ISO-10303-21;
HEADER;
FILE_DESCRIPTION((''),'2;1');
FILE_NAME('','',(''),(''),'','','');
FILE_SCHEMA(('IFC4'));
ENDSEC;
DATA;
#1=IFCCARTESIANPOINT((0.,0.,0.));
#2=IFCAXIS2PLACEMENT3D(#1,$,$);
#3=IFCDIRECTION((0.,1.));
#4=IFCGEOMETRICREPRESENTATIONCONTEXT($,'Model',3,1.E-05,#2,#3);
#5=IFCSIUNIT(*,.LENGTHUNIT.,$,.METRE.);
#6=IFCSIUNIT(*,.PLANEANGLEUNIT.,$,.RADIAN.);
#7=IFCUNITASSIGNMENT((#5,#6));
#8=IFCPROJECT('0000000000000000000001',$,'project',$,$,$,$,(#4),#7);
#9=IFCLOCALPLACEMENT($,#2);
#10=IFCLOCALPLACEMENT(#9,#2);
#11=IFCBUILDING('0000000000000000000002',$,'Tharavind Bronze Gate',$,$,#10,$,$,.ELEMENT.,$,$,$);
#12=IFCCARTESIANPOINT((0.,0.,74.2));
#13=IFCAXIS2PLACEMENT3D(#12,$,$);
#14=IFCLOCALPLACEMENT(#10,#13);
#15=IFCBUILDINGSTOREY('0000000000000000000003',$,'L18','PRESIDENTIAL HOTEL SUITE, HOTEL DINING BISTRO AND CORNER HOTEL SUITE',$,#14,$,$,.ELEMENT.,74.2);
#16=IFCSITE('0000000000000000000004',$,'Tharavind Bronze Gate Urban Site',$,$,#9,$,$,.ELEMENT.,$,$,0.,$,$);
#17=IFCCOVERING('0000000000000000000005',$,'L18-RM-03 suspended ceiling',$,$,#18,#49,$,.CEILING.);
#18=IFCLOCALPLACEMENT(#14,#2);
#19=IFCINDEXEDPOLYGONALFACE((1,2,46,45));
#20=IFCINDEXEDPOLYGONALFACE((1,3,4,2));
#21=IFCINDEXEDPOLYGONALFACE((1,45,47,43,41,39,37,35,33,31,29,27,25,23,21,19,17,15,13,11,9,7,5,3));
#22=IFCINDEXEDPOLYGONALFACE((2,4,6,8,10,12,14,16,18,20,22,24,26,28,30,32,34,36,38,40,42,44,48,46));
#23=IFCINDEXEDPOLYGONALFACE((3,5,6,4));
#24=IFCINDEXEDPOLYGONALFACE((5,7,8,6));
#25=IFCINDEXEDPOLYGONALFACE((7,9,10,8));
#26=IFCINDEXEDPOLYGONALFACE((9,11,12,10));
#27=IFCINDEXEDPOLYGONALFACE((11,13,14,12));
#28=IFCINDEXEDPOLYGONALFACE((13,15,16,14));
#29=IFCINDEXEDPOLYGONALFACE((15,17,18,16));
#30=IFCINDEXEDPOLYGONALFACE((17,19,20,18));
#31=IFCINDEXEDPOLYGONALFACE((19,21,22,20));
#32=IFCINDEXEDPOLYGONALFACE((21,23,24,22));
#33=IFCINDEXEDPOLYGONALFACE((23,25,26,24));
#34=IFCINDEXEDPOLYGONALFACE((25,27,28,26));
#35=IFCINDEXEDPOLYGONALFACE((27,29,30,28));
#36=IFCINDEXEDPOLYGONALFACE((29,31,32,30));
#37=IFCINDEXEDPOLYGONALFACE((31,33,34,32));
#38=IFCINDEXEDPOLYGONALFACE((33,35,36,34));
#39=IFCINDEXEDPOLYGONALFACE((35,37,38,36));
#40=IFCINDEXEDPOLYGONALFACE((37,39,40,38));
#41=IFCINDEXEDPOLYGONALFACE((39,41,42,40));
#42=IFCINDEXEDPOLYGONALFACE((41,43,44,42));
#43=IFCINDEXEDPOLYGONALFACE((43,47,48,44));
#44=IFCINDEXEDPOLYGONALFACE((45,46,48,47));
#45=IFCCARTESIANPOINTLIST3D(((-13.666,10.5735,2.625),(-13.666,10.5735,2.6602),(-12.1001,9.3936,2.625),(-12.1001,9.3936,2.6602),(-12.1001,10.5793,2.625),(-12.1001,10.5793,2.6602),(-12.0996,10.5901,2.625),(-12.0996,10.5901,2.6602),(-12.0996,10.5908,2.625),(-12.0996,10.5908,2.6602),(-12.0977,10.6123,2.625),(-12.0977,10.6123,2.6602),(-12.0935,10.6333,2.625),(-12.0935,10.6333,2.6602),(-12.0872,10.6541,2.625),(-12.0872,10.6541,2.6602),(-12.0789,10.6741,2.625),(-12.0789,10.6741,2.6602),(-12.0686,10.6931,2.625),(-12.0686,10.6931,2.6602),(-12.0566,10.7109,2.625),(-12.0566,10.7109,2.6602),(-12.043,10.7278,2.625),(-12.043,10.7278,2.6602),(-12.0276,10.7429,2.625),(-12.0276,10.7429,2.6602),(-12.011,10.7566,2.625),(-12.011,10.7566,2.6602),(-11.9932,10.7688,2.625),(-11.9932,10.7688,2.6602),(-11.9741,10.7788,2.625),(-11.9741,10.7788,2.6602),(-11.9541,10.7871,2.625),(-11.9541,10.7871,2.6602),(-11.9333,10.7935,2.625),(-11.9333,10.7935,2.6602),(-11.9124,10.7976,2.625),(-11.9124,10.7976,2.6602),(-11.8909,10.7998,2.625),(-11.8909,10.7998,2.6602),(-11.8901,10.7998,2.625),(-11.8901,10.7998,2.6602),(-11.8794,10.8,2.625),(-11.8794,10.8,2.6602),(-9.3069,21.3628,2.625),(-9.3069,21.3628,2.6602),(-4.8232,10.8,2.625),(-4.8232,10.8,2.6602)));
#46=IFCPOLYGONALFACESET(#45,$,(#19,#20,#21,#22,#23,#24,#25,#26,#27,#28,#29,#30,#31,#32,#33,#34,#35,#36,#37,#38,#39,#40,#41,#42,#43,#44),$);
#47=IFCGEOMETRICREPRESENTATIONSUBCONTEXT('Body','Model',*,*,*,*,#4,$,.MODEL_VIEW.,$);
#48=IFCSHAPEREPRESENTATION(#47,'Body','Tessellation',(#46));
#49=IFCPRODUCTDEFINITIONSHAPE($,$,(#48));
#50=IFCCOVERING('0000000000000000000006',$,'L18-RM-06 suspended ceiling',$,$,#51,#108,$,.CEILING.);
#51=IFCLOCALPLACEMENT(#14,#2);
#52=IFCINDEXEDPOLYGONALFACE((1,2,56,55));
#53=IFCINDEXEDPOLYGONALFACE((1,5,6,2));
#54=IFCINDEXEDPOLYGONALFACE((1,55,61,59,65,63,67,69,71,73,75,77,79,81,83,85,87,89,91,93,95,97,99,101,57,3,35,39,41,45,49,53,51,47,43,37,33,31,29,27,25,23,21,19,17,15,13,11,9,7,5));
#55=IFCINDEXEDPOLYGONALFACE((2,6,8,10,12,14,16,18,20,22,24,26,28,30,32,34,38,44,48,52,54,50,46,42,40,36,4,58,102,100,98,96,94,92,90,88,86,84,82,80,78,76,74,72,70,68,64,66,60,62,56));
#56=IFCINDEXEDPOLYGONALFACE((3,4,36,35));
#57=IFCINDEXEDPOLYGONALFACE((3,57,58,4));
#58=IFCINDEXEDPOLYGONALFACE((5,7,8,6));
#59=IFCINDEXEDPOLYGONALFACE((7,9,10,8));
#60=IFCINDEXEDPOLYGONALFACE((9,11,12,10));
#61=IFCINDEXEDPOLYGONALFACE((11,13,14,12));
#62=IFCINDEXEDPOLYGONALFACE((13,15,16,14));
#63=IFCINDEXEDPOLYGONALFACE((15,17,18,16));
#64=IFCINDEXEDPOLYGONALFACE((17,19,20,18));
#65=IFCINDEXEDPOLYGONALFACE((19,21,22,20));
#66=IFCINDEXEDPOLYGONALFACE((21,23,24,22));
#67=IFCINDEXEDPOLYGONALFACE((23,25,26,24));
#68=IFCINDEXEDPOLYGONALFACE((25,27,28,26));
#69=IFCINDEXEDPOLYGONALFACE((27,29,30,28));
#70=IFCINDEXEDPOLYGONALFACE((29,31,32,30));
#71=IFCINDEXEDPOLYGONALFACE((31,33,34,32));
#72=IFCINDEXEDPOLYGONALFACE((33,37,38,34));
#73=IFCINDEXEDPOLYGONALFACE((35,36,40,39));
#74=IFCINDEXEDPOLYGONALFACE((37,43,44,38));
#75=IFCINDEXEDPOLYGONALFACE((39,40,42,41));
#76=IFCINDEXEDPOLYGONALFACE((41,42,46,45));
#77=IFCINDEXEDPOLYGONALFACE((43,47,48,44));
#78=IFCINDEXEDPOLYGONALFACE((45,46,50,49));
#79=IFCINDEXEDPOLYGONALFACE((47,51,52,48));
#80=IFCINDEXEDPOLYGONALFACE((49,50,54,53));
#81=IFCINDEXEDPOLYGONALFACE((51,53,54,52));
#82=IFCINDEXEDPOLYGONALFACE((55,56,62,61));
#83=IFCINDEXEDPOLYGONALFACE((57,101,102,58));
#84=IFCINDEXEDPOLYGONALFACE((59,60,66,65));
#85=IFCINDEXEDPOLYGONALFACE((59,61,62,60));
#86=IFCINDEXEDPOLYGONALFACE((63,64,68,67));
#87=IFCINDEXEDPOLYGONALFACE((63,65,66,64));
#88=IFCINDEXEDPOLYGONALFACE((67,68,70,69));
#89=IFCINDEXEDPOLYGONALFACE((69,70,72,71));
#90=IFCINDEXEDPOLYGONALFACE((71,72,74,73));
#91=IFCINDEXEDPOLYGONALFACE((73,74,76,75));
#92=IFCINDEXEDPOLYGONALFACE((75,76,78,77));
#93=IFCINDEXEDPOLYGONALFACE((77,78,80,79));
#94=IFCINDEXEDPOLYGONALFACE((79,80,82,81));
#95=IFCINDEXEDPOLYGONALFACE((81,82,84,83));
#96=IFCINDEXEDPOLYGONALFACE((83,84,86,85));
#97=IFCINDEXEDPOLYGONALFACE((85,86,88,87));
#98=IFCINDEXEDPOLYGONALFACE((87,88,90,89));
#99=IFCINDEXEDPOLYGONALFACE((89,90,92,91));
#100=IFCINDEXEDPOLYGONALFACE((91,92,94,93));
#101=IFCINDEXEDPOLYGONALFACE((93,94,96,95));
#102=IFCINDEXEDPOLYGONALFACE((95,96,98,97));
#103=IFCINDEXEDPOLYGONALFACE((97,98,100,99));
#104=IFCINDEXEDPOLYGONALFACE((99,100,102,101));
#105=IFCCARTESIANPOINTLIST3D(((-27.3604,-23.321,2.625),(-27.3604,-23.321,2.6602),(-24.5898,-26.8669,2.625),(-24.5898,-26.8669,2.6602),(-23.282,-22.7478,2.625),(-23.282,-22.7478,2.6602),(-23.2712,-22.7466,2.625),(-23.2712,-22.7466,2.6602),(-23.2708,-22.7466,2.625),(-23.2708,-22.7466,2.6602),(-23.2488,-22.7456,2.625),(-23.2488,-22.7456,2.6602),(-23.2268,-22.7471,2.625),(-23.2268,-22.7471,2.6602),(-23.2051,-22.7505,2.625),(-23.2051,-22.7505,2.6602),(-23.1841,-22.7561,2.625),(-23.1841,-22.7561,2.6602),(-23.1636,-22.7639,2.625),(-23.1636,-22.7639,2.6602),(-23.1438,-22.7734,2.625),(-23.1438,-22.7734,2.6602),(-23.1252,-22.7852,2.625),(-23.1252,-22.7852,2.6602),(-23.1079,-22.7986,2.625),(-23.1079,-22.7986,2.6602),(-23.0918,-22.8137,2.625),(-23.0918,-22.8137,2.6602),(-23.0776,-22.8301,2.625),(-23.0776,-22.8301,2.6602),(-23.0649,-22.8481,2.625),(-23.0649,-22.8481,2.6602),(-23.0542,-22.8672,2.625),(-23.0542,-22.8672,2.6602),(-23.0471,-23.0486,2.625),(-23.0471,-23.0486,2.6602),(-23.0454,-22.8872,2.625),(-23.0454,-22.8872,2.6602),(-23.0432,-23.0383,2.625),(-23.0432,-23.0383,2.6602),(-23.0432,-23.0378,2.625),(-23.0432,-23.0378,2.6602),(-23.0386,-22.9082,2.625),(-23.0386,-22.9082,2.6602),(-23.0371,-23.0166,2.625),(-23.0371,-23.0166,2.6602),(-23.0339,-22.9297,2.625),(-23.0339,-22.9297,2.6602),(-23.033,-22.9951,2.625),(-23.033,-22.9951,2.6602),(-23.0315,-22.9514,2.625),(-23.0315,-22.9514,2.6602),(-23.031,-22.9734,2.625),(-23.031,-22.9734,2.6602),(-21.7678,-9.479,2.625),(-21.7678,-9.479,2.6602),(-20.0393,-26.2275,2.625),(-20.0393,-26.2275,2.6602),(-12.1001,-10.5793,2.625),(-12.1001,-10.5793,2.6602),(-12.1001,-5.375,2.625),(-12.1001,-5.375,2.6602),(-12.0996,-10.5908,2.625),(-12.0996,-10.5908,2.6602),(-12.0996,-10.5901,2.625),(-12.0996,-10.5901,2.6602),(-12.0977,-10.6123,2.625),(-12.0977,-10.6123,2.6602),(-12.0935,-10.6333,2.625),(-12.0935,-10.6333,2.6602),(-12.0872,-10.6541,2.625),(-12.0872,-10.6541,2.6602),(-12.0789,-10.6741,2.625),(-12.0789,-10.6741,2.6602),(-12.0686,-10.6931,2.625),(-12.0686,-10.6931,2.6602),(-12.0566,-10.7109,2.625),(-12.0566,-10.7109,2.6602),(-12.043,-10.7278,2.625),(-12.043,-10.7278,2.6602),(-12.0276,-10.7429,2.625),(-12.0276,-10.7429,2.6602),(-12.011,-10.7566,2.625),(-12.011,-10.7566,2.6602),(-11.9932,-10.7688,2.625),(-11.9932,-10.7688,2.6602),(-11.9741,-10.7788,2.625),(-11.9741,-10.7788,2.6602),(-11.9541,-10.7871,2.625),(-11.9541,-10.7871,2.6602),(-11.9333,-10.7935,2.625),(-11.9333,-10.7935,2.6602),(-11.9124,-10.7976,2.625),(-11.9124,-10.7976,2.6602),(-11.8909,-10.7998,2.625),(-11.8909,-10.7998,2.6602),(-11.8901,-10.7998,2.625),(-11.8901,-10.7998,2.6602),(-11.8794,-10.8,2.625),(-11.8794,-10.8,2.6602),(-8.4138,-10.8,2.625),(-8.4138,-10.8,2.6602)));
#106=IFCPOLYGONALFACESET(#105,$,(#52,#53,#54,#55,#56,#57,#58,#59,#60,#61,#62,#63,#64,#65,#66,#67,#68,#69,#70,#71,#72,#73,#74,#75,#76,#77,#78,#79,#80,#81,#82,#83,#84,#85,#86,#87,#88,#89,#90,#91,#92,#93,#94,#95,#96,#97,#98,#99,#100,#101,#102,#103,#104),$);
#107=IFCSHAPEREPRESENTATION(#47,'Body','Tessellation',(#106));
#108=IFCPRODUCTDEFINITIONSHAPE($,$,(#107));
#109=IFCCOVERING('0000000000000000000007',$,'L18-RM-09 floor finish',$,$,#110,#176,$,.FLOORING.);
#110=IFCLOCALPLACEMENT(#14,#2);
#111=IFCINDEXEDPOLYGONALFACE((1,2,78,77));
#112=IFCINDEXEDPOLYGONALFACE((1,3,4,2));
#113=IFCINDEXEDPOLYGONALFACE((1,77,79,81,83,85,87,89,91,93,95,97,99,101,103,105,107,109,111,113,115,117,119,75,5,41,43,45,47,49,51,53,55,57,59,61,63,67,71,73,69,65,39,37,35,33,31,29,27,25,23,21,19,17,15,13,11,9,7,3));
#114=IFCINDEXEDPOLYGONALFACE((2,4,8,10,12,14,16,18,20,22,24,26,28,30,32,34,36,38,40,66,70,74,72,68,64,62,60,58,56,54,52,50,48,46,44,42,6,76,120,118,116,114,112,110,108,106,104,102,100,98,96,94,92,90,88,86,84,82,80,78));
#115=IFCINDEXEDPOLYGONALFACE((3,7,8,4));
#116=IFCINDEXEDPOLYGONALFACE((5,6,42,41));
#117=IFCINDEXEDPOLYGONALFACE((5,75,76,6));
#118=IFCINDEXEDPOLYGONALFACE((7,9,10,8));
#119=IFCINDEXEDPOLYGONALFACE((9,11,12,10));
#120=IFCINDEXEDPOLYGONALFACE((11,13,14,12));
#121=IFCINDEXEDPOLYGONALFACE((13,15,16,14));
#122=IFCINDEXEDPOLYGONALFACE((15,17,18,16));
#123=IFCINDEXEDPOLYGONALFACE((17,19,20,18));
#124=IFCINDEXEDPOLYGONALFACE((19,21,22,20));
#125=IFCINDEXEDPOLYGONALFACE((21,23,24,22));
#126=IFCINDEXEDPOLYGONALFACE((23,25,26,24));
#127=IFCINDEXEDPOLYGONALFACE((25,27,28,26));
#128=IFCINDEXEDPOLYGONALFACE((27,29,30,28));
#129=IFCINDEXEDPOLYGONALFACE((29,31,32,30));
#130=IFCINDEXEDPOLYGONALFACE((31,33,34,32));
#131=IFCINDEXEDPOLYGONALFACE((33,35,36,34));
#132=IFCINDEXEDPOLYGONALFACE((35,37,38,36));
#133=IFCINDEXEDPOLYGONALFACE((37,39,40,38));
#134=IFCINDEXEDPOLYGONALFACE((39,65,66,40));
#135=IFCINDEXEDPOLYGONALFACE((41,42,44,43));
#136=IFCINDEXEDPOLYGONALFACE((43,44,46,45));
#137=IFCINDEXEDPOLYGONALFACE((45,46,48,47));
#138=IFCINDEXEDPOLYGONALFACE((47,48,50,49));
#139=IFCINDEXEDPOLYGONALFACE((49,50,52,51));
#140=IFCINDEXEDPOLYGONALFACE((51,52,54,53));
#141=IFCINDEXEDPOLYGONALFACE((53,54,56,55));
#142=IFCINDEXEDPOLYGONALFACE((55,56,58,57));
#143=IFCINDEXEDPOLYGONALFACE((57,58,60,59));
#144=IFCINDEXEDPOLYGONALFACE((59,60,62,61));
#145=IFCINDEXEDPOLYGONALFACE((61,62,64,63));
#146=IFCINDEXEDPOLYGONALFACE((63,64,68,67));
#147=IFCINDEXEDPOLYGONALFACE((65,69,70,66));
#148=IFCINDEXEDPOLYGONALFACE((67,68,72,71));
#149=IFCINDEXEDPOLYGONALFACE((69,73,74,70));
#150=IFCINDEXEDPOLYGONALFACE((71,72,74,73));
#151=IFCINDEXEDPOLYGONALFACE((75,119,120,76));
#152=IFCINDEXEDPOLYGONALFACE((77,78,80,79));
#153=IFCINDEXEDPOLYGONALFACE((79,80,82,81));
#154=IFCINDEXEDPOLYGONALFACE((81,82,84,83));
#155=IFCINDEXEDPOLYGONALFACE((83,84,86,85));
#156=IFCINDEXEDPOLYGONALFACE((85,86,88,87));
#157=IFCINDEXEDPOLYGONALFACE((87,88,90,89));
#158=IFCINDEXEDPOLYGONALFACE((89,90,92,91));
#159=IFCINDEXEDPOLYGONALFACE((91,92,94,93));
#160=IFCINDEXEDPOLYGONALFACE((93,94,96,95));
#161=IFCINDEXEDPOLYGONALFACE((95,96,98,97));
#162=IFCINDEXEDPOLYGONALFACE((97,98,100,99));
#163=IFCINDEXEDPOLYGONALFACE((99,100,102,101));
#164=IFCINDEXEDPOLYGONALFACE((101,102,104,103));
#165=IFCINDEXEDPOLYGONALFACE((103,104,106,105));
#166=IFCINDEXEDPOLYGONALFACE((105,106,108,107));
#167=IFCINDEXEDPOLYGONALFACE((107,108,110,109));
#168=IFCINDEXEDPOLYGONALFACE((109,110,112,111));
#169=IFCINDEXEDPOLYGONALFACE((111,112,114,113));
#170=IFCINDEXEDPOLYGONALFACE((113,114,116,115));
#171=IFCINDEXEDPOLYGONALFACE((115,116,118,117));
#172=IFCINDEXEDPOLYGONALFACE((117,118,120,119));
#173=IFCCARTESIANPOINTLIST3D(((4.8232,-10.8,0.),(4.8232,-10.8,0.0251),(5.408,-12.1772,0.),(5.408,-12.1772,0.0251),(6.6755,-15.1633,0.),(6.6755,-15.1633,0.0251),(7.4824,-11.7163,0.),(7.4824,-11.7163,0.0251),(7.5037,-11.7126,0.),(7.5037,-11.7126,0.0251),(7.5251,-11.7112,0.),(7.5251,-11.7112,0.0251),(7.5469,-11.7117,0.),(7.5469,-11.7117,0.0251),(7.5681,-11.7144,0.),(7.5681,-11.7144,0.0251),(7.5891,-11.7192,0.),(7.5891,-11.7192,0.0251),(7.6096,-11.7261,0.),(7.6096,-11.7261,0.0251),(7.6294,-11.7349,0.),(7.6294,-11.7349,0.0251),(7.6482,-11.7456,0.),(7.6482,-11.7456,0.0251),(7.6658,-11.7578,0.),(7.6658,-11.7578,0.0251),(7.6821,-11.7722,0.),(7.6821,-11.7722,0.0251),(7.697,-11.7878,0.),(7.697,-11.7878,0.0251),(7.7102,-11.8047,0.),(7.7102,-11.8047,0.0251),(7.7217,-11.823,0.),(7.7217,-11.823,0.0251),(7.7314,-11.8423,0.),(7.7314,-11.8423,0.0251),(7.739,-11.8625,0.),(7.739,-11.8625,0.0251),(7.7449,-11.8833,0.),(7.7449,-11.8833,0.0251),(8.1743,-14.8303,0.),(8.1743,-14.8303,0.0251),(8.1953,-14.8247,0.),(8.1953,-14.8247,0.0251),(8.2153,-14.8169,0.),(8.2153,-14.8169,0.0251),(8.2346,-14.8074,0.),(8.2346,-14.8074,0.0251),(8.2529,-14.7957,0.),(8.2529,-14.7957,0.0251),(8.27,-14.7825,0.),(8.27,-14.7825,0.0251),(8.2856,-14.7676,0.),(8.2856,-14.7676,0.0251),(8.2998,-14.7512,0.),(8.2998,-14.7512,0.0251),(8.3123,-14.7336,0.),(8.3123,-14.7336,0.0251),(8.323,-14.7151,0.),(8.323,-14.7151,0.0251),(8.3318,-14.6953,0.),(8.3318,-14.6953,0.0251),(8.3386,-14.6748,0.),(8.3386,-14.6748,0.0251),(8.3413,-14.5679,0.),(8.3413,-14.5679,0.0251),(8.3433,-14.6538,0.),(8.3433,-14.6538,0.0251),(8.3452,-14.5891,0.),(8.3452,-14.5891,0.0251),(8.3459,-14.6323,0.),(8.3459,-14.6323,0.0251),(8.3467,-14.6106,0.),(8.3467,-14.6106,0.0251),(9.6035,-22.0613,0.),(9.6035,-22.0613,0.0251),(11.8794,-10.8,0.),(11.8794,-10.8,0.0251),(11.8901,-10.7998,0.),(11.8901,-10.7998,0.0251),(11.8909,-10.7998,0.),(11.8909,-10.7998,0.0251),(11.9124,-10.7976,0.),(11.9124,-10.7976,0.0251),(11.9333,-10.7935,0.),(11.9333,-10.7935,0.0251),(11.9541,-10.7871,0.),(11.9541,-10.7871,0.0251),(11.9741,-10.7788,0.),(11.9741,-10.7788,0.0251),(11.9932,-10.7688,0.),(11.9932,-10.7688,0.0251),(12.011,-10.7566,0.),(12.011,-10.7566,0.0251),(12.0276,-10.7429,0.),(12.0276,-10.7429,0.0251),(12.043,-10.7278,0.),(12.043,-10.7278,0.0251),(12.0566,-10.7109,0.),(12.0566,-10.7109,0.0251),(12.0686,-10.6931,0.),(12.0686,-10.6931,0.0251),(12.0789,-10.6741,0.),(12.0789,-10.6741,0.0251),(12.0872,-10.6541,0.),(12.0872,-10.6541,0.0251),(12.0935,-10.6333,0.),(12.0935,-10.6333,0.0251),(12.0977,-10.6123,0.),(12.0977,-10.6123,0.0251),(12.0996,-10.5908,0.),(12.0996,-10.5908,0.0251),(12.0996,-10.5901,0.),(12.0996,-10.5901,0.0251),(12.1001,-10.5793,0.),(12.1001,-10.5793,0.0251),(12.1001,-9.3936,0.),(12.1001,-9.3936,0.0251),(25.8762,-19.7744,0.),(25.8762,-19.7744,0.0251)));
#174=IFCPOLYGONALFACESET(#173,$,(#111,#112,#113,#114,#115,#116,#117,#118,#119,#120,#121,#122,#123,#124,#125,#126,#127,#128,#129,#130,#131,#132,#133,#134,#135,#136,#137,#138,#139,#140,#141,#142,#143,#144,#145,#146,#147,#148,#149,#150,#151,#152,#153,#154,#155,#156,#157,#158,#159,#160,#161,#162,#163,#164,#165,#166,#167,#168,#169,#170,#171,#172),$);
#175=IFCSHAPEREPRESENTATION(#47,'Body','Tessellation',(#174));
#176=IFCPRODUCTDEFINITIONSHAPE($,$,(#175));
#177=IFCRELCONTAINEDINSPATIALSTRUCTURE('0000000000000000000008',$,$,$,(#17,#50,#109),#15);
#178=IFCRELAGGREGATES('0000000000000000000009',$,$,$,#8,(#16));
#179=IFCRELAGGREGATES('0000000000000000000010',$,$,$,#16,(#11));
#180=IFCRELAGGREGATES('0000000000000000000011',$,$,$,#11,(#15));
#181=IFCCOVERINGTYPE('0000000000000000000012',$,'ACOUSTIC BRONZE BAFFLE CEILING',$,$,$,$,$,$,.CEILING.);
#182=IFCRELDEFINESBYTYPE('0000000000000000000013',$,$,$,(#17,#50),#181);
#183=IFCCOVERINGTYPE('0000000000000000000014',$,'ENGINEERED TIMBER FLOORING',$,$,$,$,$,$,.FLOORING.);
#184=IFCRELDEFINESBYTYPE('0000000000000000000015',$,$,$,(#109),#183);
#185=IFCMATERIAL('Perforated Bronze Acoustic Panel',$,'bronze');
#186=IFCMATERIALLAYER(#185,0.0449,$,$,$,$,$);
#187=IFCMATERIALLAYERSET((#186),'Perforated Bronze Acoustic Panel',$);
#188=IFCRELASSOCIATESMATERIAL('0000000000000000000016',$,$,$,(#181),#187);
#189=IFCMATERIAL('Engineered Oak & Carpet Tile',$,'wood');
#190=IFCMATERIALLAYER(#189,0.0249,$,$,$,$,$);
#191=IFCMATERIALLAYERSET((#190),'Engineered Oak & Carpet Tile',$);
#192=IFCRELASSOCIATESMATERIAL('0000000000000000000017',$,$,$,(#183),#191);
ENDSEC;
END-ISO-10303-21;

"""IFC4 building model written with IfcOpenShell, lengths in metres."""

from ifc_helpers import new_model, si_unit, direction, frame, origin, place, context, subcontext, project, spatial, polyline, outline, extrude, material, layer, layer_set, type_object, element, save


model = new_model("IFC4")

# Units and contexts
model_context = context("Model", 3, precision=1e-05, world=origin(), true_north=direction((0.0, 1.0)))
body_context = subcontext(model_context, "Body", "Model", "MODEL_VIEW")
ifc_project = project(units=[si_unit("LENGTHUNIT", "METRE"), si_unit("PLANEANGLEUNIT", "RADIAN")], contexts=[model_context])

# Site, building, storey
site_placement = place(None, origin())
site = spatial("IfcSite", under=ifc_project, at=site_placement, Name="Tharavind Bronze Gate Urban Site", CompositionType="ELEMENT", RefElevation=0.0)
building_placement = place(site_placement, origin())
building = spatial("IfcBuilding", under=site, at=building_placement, Name="Tharavind Bronze Gate", CompositionType="ELEMENT")
storey_placement = place(building_placement, frame((0.0, 0.0, 74.2)))
storey = spatial("IfcBuildingStorey", under=building, at=storey_placement, Name="L18", Description="PRESIDENTIAL HOTEL SUITE, HOTEL DINING BISTRO AND CORNER HOTEL SUITE", CompositionType="ELEMENT", Elevation=74.2)

# Coverings
ifc_material_1 = material(Name="Perforated Bronze Acoustic Panel", Category="bronze")
ifc_layer_1 = layer(ifc_material_1, 0.0449)
ifc_layer_set_1 = layer_set([ifc_layer_1], Name="Perforated Bronze Acoustic Panel")
covering_type_1 = type_object("IfcCoveringType", Name="ACOUSTIC BRONZE BAFFLE CEILING", PredefinedType="CEILING", material=ifc_layer_set_1)
covering_1_placement = place(storey_placement, frame((0.0, 0.0, 2.625)))
element("IfcCovering", 1, at=covering_1_placement, inside=storey, type_object=covering_type_1, Name="L18-RM-03 suspended ceiling", PredefinedType="CEILING", context=body_context, shape_type="SweptSolid", body=[
    extrude(outline(polyline([(-12.1001, 9.3936), (-12.1001, 10.5793), (-12.0996, 10.5901), (-12.0996, 10.5908), (-12.0977, 10.6123), (-12.0935, 10.6333), (-12.0872, 10.6541), (-12.0789, 10.6741), (-12.0686, 10.6931), (-12.0566, 10.7109), (-12.043, 10.7278), (-12.0276, 10.7429), (-12.011, 10.7566), (-11.9932, 10.7688), (-11.9741, 10.7788), (-11.9541, 10.7871), (-11.9333, 10.7935), (-11.9124, 10.7976), (-11.8909, 10.7998), (-11.8901, 10.7998), (-11.8794, 10.8), (-4.8232, 10.8), (-9.3069, 21.3628), (-13.666, 10.5735), (-12.1001, 9.3936)])), origin(), (0.0, 0.0, 1.0), 0.0352),
])
covering_2_placement = place(storey_placement, frame((0.0, 0.0, 2.625)))
element("IfcCovering", 2, at=covering_2_placement, inside=storey, type_object=covering_type_1, Name="L18-RM-06 suspended ceiling", PredefinedType="CEILING", context=body_context, shape_type="SweptSolid", body=[
    extrude(outline(polyline([(-23.282, -22.7478), (-23.2712, -22.7466), (-23.2708, -22.7466), (-23.2488, -22.7456), (-23.2268, -22.7471), (-23.2051, -22.7505), (-23.1841, -22.7561), (-23.1636, -22.7639), (-23.1438, -22.7734), (-23.1252, -22.7852), (-23.1079, -22.7986), (-23.0918, -22.8137), (-23.0776, -22.8301), (-23.0649, -22.8481), (-23.0542, -22.8672), (-23.0454, -22.8872), (-23.0386, -22.9082), (-23.0339, -22.9297), (-23.0315, -22.9514), (-23.031, -22.9734), (-23.033, -22.9951), (-23.0371, -23.0166), (-23.0432, -23.0378), (-23.0432, -23.0383), (-23.0471, -23.0486), (-24.5898, -26.8669), (-20.0393, -26.2275), (-8.4138, -10.8), (-11.8794, -10.8), (-11.8901, -10.7998), (-11.8909, -10.7998), (-11.9124, -10.7976), (-11.9333, -10.7935), (-11.9541, -10.7871), (-11.9741, -10.7788), (-11.9932, -10.7688), (-12.011, -10.7566), (-12.0276, -10.7429), (-12.043, -10.7278), (-12.0566, -10.7109), (-12.0686, -10.6931), (-12.0789, -10.6741), (-12.0872, -10.6541), (-12.0935, -10.6333), (-12.0977, -10.6123), (-12.0996, -10.5908), (-12.0996, -10.5901), (-12.1001, -10.5793), (-12.1001, -5.375), (-21.7678, -9.479), (-27.3604, -23.321), (-23.282, -22.7478)])), origin(), (0.0, 0.0, 1.0), 0.0352),
])
ifc_material_2 = material(Name="Engineered Oak & Carpet Tile", Category="wood")
ifc_layer_2 = layer(ifc_material_2, 0.0249)
ifc_layer_set_2 = layer_set([ifc_layer_2], Name="Engineered Oak & Carpet Tile")
covering_type_2 = type_object("IfcCoveringType", Name="ENGINEERED TIMBER FLOORING", PredefinedType="FLOORING", material=ifc_layer_set_2)
covering_3_placement = place(storey_placement, origin())
element("IfcCovering", 3, at=covering_3_placement, inside=storey, type_object=covering_type_2, Name="L18-RM-09 floor finish", PredefinedType="FLOORING", context=body_context, shape_type="SweptSolid", body=[
    extrude(outline(polyline([(5.408, -12.1772), (7.4824, -11.7163), (7.5037, -11.7126), (7.5251, -11.7112), (7.5469, -11.7117), (7.5681, -11.7144), (7.5891, -11.7192), (7.6096, -11.7261), (7.6294, -11.7349), (7.6482, -11.7456), (7.6658, -11.7578), (7.6821, -11.7722), (7.697, -11.7878), (7.7102, -11.8047), (7.7217, -11.823), (7.7314, -11.8423), (7.739, -11.8625), (7.7449, -11.8833), (8.3413, -14.5679), (8.3452, -14.5891), (8.3467, -14.6106), (8.3459, -14.6323), (8.3433, -14.6538), (8.3386, -14.6748), (8.3318, -14.6953), (8.323, -14.7151), (8.3123, -14.7336), (8.2998, -14.7512), (8.2856, -14.7676), (8.27, -14.7825), (8.2529, -14.7957), (8.2346, -14.8074), (8.2153, -14.8169), (8.1953, -14.8247), (8.1743, -14.8303), (6.6755, -15.1633), (9.6035, -22.0613), (25.8762, -19.7744), (12.1001, -9.3936), (12.1001, -10.5793), (12.0996, -10.5901), (12.0996, -10.5908), (12.0977, -10.6123), (12.0935, -10.6333), (12.0872, -10.6541), (12.0789, -10.6741), (12.0686, -10.6931), (12.0566, -10.7109), (12.043, -10.7278), (12.0276, -10.7429), (12.011, -10.7566), (11.9932, -10.7688), (11.9741, -10.7788), (11.9541, -10.7871), (11.9333, -10.7935), (11.9124, -10.7976), (11.8909, -10.7998), (11.8901, -10.7998), (11.8794, -10.8), (4.8232, -10.8), (5.408, -12.1772)])), origin(), (0.0, 0.0, 1.0), 0.0251),
])

save(model, "model.ifc")
